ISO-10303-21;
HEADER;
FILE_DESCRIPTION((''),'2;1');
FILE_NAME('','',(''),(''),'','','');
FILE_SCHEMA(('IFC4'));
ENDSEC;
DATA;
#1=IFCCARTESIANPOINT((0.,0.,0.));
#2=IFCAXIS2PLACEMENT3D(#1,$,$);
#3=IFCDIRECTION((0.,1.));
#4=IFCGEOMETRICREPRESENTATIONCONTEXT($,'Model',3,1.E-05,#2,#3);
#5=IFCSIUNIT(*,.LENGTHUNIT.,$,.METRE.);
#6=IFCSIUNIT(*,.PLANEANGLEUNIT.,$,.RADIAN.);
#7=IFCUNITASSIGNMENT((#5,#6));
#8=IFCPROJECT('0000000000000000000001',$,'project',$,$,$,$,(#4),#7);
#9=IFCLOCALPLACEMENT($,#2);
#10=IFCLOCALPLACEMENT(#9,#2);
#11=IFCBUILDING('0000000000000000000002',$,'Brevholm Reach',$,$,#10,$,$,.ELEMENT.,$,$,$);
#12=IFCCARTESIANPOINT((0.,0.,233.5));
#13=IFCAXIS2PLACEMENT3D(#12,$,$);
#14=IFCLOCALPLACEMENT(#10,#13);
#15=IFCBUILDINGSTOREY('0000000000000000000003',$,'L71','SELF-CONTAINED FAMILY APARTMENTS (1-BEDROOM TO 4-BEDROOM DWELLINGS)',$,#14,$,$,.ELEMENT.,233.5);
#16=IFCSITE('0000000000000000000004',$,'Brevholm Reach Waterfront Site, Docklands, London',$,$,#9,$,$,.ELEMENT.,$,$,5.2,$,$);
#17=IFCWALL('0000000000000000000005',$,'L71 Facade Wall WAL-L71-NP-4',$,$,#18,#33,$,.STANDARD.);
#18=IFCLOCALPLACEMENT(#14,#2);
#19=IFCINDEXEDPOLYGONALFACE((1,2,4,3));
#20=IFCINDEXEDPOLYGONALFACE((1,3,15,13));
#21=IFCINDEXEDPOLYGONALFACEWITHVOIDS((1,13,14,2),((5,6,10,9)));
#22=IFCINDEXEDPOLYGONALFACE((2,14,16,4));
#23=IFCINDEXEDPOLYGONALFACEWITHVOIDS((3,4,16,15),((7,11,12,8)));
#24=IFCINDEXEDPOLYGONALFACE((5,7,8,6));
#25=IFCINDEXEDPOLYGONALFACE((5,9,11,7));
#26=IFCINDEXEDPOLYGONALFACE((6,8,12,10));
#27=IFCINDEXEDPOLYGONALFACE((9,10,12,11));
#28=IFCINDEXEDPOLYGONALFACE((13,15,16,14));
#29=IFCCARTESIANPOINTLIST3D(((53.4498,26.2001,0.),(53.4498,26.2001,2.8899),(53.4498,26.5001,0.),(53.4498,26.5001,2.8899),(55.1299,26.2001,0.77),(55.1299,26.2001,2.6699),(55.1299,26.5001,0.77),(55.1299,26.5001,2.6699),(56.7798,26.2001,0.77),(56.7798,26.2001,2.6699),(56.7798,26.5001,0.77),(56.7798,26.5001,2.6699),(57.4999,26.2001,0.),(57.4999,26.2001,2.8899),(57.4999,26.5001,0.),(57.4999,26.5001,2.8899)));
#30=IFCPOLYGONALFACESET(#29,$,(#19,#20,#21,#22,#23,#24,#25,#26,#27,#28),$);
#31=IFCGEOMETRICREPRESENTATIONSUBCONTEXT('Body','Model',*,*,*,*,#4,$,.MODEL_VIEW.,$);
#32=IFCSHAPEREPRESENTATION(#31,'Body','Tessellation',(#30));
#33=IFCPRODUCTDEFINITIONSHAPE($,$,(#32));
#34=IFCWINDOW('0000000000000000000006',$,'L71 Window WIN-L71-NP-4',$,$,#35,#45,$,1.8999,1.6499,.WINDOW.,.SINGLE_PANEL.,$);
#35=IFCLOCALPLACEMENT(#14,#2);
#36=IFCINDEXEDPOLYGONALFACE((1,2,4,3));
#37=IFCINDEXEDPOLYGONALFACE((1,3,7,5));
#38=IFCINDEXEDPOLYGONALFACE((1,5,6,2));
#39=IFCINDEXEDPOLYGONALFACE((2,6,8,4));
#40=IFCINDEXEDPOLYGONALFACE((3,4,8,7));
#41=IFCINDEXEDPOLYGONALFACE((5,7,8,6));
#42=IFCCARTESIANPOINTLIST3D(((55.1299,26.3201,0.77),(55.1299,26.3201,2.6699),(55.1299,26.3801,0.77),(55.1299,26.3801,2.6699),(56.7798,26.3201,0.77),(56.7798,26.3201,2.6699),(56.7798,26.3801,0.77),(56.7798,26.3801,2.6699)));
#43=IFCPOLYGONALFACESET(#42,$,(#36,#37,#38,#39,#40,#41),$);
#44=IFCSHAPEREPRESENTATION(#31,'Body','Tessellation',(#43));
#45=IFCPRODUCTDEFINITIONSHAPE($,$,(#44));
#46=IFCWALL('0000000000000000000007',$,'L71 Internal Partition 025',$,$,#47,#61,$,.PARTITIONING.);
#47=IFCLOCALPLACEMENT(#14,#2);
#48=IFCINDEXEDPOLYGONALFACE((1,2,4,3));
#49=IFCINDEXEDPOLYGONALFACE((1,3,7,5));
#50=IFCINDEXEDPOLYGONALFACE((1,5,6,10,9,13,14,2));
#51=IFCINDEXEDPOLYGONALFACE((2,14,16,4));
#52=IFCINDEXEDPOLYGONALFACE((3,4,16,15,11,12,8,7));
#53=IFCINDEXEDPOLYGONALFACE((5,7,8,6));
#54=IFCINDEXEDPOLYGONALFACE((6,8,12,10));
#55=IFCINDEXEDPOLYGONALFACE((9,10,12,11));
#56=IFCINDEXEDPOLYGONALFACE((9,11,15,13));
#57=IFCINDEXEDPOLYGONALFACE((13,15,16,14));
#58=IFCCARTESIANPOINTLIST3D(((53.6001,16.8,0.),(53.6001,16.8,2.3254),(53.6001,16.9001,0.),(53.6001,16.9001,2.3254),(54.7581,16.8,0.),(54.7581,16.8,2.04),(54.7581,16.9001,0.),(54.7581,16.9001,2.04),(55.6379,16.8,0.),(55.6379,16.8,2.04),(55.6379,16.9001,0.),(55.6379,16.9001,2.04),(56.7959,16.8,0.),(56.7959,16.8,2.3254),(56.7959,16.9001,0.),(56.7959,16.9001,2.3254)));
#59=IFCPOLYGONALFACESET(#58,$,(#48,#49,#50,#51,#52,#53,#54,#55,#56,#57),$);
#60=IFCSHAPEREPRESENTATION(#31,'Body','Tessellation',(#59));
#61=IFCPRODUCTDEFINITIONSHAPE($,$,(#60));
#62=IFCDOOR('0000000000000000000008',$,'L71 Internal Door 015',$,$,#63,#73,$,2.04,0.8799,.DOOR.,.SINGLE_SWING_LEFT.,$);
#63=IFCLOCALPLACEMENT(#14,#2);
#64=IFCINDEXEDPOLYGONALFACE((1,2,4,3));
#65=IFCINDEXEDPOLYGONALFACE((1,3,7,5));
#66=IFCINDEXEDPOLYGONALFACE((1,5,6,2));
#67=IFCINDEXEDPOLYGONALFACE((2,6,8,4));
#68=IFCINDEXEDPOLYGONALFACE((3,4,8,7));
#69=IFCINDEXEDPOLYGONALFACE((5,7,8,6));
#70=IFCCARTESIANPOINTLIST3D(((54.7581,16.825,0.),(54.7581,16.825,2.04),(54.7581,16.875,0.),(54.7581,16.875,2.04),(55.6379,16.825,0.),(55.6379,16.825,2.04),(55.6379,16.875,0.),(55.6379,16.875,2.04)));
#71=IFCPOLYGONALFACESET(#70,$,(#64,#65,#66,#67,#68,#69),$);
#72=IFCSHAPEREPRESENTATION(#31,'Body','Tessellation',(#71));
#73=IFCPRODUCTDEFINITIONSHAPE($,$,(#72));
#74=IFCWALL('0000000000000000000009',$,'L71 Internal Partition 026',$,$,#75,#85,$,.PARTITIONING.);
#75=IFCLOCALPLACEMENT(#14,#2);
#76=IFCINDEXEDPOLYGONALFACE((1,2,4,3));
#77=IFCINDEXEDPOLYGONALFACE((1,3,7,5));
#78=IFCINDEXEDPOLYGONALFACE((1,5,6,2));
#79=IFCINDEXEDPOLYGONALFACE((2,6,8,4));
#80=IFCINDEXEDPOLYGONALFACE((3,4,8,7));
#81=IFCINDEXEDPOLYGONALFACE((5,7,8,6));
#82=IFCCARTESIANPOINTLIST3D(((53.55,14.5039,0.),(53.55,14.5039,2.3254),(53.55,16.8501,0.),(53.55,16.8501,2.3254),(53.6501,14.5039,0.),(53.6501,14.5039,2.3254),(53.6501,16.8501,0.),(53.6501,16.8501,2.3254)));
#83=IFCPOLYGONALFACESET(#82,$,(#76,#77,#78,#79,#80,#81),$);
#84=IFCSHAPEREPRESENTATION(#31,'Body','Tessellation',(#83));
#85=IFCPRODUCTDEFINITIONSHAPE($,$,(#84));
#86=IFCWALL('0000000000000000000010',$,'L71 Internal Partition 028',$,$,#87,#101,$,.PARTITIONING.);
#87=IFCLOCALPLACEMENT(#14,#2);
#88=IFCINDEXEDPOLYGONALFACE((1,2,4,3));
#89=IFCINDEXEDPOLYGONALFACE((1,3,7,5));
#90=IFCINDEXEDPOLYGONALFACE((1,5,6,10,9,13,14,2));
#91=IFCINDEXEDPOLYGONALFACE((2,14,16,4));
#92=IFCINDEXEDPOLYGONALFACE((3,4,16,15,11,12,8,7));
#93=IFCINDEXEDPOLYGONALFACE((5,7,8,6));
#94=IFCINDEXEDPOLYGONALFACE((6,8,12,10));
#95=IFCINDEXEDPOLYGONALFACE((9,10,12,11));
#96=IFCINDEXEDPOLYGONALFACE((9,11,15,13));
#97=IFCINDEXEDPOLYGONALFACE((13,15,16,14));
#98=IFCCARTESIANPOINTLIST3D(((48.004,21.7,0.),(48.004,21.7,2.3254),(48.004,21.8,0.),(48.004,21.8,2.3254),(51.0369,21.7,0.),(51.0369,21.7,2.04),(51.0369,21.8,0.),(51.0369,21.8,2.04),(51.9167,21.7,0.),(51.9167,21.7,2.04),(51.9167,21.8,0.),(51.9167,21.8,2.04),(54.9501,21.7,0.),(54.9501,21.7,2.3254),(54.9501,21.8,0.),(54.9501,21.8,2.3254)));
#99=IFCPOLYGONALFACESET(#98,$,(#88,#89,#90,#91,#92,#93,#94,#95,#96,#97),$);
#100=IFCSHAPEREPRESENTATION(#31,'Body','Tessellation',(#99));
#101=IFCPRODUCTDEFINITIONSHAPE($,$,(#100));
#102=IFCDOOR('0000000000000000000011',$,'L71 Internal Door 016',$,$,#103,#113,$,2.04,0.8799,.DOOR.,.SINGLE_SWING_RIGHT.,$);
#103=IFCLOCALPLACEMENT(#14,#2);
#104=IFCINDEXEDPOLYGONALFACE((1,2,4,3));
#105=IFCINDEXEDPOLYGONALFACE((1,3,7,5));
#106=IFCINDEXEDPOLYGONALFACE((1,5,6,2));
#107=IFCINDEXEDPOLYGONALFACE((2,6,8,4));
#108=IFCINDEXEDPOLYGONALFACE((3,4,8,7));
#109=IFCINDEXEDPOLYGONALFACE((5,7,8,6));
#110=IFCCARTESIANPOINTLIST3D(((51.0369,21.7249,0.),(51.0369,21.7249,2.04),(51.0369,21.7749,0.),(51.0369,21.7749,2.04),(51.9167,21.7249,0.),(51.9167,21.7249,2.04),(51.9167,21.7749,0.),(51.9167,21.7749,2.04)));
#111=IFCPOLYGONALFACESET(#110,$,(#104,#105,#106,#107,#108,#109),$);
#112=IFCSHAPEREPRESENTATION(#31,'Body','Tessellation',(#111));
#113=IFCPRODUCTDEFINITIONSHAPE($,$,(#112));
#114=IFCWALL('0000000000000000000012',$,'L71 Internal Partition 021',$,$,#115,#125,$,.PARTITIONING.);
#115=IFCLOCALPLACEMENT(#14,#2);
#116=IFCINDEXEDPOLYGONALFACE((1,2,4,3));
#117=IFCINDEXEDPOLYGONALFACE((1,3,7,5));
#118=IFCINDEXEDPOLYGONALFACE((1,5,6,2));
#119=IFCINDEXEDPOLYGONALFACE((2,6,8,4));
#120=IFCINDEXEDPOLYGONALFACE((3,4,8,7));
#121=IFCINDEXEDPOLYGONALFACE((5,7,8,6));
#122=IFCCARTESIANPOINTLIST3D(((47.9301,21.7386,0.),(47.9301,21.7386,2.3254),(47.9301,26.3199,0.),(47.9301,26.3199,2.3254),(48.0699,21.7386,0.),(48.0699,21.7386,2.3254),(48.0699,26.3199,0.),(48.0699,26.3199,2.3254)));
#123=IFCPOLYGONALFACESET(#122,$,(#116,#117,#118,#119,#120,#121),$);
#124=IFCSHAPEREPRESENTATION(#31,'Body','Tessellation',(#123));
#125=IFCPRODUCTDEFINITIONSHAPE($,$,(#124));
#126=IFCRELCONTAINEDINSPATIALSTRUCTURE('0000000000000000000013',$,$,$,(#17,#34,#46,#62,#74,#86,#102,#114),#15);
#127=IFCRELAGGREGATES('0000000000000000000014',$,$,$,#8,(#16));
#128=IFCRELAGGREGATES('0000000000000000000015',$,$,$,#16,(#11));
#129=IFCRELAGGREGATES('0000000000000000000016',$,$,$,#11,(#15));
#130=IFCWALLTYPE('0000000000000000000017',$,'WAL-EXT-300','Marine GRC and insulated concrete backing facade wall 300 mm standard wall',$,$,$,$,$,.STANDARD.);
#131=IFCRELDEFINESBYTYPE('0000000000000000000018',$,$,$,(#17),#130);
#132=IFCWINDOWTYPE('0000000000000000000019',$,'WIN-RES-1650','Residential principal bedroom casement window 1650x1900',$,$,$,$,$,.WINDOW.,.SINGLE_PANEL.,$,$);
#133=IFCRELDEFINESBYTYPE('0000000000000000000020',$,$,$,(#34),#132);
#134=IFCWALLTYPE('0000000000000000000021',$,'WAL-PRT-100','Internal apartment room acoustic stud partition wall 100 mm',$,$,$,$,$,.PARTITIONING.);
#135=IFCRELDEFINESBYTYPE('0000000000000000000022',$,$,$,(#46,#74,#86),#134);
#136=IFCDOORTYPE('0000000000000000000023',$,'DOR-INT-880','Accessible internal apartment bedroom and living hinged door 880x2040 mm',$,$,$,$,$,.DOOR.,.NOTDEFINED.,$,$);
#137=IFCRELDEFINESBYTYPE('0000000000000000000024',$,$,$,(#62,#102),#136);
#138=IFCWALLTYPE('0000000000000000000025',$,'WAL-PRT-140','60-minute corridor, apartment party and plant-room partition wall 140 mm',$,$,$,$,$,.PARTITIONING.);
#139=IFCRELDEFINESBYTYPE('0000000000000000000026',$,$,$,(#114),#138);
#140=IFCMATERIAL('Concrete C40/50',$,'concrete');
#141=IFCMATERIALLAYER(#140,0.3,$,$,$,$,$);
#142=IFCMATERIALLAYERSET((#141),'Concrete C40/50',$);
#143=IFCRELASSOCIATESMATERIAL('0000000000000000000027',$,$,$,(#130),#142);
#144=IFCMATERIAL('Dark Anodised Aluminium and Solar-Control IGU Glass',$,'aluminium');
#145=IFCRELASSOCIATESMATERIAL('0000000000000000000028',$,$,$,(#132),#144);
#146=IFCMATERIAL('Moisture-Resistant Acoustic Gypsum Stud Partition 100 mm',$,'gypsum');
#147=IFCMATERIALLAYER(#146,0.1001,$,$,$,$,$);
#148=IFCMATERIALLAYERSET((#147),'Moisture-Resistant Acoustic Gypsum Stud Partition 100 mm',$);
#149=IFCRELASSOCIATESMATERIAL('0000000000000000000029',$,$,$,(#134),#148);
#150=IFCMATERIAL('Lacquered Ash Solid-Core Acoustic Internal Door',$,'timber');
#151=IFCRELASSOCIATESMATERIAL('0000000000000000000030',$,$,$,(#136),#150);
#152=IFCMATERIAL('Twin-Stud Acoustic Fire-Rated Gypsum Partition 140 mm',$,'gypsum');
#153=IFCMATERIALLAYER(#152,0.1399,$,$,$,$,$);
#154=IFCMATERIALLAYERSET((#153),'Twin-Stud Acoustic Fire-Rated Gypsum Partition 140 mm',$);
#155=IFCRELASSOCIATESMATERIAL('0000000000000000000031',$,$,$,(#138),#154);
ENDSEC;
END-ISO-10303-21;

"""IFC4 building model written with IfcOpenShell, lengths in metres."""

from ifc_helpers import new_model, si_unit, direction, frame, frame_2d, origin, place, context, subcontext, project, spatial, rectangle, extrude, material, layer, layer_set, type_object, element, fill, save


model = new_model("IFC4")

# Units and contexts
model_context = context("Model", 3, precision=1e-05, world=origin(), true_north=direction((0.0, 1.0)))
body_context = subcontext(model_context, "Body", "Model", "MODEL_VIEW")
ifc_project = project(units=[si_unit("LENGTHUNIT", "METRE"), si_unit("PLANEANGLEUNIT", "RADIAN")], contexts=[model_context])

# Site, building, storey
site_placement = place(None, origin())
site = spatial("IfcSite", under=ifc_project, at=site_placement, Name="Brevholm Reach Waterfront Site, Docklands, London", CompositionType="ELEMENT", RefElevation=5.2)
building_placement = place(site_placement, origin())
building = spatial("IfcBuilding", under=site, at=building_placement, Name="Brevholm Reach", CompositionType="ELEMENT")
storey_placement = place(building_placement, frame((0.0, 0.0, 233.5)))
storey = spatial("IfcBuildingStorey", under=building, at=storey_placement, Name="L71", Description="SELF-CONTAINED FAMILY APARTMENTS (1-BEDROOM TO 4-BEDROOM DWELLINGS)", CompositionType="ELEMENT", Elevation=233.5)

# Wall, opening, window
ifc_material_1 = material(Name="Concrete C40/50", Category="concrete")
ifc_layer_1 = layer(ifc_material_1, 0.3)
ifc_layer_set_1 = layer_set([ifc_layer_1], Name="Concrete C40/50")
wall_type_1 = type_object("IfcWallType", Name="WAL-EXT-300", Description="Marine GRC and insulated concrete backing facade wall 300 mm standard wall", PredefinedType="STANDARD", material=ifc_layer_set_1)
wall_1_placement = place(storey_placement, frame((53.45, 26.3501, 0.0), z_axis=(0.0, 0.0, 1.0), x_axis=(1.0, 0.0, 0.0)))
wall_1 = element("IfcWall", 1, at=wall_1_placement, inside=storey, type_object=wall_type_1, Name="L71 Facade Wall WAL-L71-NP-4", PredefinedType="STANDARD", context=body_context, shape_type="SweptSolid", body=[
    extrude(rectangle(XDim=4.05, YDim=0.3, at=frame_2d((2.0249, 0.0))), origin(), (0.0, 0.0, 1.0), 2.8899),
])
opening_1_placement = place(wall_1_placement, frame((1.6799, 0.0, 0.77)))
opening_1 = element("IfcOpeningElement", 2, at=opening_1_placement, cuts=wall_1, PredefinedType="OPENING", context=body_context, shape_type="SweptSolid", body=[
    extrude(rectangle(XDim=1.6499, YDim=1.8999, at=frame_2d((0.825, 0.95))), frame((0.0, 0.1599, 0.0), z_axis=(0.0, -1.0, 0.0), x_axis=(1.0, 0.0, 0.0)), (0.0, 0.0, 1.0), 0.3201),
])
ifc_material_2 = material(Name="Dark Anodised Aluminium and Solar-Control IGU Glass", Category="aluminium")
window_type = type_object("IfcWindowType", Name="WIN-RES-1650", Description="Residential principal bedroom casement window 1650x1900", PartitioningType="SINGLE_PANEL", PredefinedType="WINDOW", material=ifc_material_2)
window_placement = place(opening_1_placement, origin())
window = element("IfcWindow", 3, at=window_placement, inside=storey, type_object=window_type, Name="L71 Window WIN-L71-NP-4", OverallHeight=1.8999, OverallWidth=1.6499, PartitioningType="SINGLE_PANEL", PredefinedType="WINDOW", context=body_context, shape_type="SweptSolid", body=[
    extrude(rectangle(XDim=1.6499, YDim=1.8999, at=frame_2d((0.825, 0.95))), frame((0.0, 0.03, 0.0), z_axis=(0.0, -1.0, 0.0), x_axis=(1.0, 0.0, 0.0)), (0.0, 0.0, 1.0), 0.0601),
])
fill(opening_1, window)

# Wall, opening, door
ifc_material_3 = material(Name="Moisture-Resistant Acoustic Gypsum Stud Partition 100 mm", Category="gypsum")
ifc_layer_2 = layer(ifc_material_3, 0.1001)
ifc_layer_set_2 = layer_set([ifc_layer_2], Name="Moisture-Resistant Acoustic Gypsum Stud Partition 100 mm")
wall_type_2 = type_object("IfcWallType", Name="WAL-PRT-100", Description="Internal apartment room acoustic stud partition wall 100 mm", PredefinedType="PARTITIONING", material=ifc_layer_set_2)
wall_2_placement = place(storey_placement, frame((53.6001, 16.8501, 0.0), z_axis=(0.0, 0.0, 1.0), x_axis=(1.0, 0.0, 0.0)))
wall_2 = element("IfcWall", 4, at=wall_2_placement, inside=storey, type_object=wall_type_2, Name="L71 Internal Partition 025", PredefinedType="PARTITIONING", context=body_context, shape_type="SweptSolid", body=[
    extrude(rectangle(XDim=3.1958, YDim=0.1001, at=frame_2d((1.5979, 0.0))), origin(), (0.0, 0.0, 1.0), 2.3254),
])
opening_2_placement = place(wall_2_placement, frame((1.158, 0.0, 0.0)))
opening_2 = element("IfcOpeningElement", 5, at=opening_2_placement, cuts=wall_2, PredefinedType="OPENING", context=body_context, shape_type="SweptSolid", body=[
    extrude(rectangle(XDim=0.8799, YDim=2.04, at=frame_2d((0.4399, 1.02))), frame((0.0, 0.0601, 0.0), z_axis=(0.0, -1.0, 0.0), x_axis=(1.0, 0.0, 0.0)), (0.0, 0.0, 1.0), 0.1201),
])
ifc_material_4 = material(Name="Lacquered Ash Solid-Core Acoustic Internal Door", Category="timber")
door_type = type_object("IfcDoorType", Name="DOR-INT-880", Description="Accessible internal apartment bedroom and living hinged door 880x2040 mm", OperationType="NOTDEFINED", PredefinedType="DOOR", material=ifc_material_4)
door_1_placement = place(opening_2_placement, origin())
door_1 = element("IfcDoor", 6, at=door_1_placement, inside=storey, type_object=door_type, Name="L71 Internal Door 015", OperationType="SINGLE_SWING_LEFT", OverallHeight=2.04, OverallWidth=0.8799, PredefinedType="DOOR", context=body_context, shape_type="SweptSolid", body=[
    extrude(rectangle(XDim=0.8799, YDim=2.04, at=frame_2d((0.4399, 1.02))), frame((0.0, 0.0249, 0.0), z_axis=(0.0, -1.0, 0.0), x_axis=(1.0, 0.0, 0.0)), (0.0, 0.0, 1.0), 0.05),
])
fill(opening_2, door_1)

# Wall
wall_3_placement = place(storey_placement, frame((53.6001, 14.5039, 0.0), z_axis=(0.0, 0.0, 1.0), x_axis=(0.0, 1.0, 0.0)))
element("IfcWall", 7, at=wall_3_placement, inside=storey, type_object=wall_type_2, Name="L71 Internal Partition 026", PredefinedType="PARTITIONING", context=body_context, shape_type="SweptSolid", body=[
    extrude(rectangle(XDim=2.3462, YDim=0.1001, at=frame_2d((1.1731, 0.0))), origin(), (0.0, 0.0, 1.0), 2.3254),
])

# Wall, opening, door
wall_4_placement = place(storey_placement, frame((48.0039, 21.75, 0.0), z_axis=(0.0, 0.0, 1.0), x_axis=(1.0, 0.0, 0.0)))
wall_4 = element("IfcWall", 8, at=wall_4_placement, inside=storey, type_object=wall_type_2, Name="L71 Internal Partition 028", PredefinedType="PARTITIONING", context=body_context, shape_type="SweptSolid", body=[
    extrude(rectangle(XDim=6.946, YDim=0.1001, at=frame_2d((3.4731, 0.0))), origin(), (0.0, 0.0, 1.0), 2.3254),
])
opening_3_placement = place(wall_4_placement, frame((3.033, 0.0, 0.0)))
opening_3 = element("IfcOpeningElement", 9, at=opening_3_placement, cuts=wall_4, PredefinedType="OPENING", context=body_context, shape_type="SweptSolid", body=[
    extrude(rectangle(XDim=0.8799, YDim=2.04, at=frame_2d((0.4399, 1.02))), frame((0.0, 0.0601, 0.0), z_axis=(0.0, -1.0, 0.0), x_axis=(1.0, 0.0, 0.0)), (0.0, 0.0, 1.0), 0.1201),
])
door_2_placement = place(opening_3_placement, origin())
door_2 = element("IfcDoor", 10, at=door_2_placement, inside=storey, type_object=door_type, Name="L71 Internal Door 016", OperationType="SINGLE_SWING_RIGHT", OverallHeight=2.04, OverallWidth=0.8799, PredefinedType="DOOR", context=body_context, shape_type="SweptSolid", body=[
    extrude(rectangle(XDim=0.8799, YDim=2.04, at=frame_2d((0.4399, 1.02))), frame((0.0, 0.0249, 0.0), z_axis=(0.0, -1.0, 0.0), x_axis=(1.0, 0.0, 0.0)), (0.0, 0.0, 1.0), 0.05),
])
fill(opening_3, door_2)

# Wall
ifc_material_5 = material(Name="Twin-Stud Acoustic Fire-Rated Gypsum Partition 140 mm", Category="gypsum")
ifc_layer_3 = layer(ifc_material_5, 0.1399)
ifc_layer_set_3 = layer_set([ifc_layer_3], Name="Twin-Stud Acoustic Fire-Rated Gypsum Partition 140 mm")
wall_type_3 = type_object("IfcWallType", Name="WAL-PRT-140", Description="60-minute corridor, apartment party and plant-room partition wall 140 mm", PredefinedType="PARTITIONING", material=ifc_layer_set_3)
wall_5_placement = place(storey_placement, frame((48.0, 21.7388, 0.0), z_axis=(0.0, 0.0, 1.0), x_axis=(0.0, 1.0, 0.0)))
element("IfcWall", 11, at=wall_5_placement, inside=storey, type_object=wall_type_3, Name="L71 Internal Partition 021", PredefinedType="PARTITIONING", context=body_context, shape_type="SweptSolid", body=[
    extrude(rectangle(XDim=4.5813, YDim=0.1399, at=frame_2d((2.2905, 0.0))), origin(), (0.0, 0.0, 1.0), 2.3254),
])

save(model, "model.ifc")
